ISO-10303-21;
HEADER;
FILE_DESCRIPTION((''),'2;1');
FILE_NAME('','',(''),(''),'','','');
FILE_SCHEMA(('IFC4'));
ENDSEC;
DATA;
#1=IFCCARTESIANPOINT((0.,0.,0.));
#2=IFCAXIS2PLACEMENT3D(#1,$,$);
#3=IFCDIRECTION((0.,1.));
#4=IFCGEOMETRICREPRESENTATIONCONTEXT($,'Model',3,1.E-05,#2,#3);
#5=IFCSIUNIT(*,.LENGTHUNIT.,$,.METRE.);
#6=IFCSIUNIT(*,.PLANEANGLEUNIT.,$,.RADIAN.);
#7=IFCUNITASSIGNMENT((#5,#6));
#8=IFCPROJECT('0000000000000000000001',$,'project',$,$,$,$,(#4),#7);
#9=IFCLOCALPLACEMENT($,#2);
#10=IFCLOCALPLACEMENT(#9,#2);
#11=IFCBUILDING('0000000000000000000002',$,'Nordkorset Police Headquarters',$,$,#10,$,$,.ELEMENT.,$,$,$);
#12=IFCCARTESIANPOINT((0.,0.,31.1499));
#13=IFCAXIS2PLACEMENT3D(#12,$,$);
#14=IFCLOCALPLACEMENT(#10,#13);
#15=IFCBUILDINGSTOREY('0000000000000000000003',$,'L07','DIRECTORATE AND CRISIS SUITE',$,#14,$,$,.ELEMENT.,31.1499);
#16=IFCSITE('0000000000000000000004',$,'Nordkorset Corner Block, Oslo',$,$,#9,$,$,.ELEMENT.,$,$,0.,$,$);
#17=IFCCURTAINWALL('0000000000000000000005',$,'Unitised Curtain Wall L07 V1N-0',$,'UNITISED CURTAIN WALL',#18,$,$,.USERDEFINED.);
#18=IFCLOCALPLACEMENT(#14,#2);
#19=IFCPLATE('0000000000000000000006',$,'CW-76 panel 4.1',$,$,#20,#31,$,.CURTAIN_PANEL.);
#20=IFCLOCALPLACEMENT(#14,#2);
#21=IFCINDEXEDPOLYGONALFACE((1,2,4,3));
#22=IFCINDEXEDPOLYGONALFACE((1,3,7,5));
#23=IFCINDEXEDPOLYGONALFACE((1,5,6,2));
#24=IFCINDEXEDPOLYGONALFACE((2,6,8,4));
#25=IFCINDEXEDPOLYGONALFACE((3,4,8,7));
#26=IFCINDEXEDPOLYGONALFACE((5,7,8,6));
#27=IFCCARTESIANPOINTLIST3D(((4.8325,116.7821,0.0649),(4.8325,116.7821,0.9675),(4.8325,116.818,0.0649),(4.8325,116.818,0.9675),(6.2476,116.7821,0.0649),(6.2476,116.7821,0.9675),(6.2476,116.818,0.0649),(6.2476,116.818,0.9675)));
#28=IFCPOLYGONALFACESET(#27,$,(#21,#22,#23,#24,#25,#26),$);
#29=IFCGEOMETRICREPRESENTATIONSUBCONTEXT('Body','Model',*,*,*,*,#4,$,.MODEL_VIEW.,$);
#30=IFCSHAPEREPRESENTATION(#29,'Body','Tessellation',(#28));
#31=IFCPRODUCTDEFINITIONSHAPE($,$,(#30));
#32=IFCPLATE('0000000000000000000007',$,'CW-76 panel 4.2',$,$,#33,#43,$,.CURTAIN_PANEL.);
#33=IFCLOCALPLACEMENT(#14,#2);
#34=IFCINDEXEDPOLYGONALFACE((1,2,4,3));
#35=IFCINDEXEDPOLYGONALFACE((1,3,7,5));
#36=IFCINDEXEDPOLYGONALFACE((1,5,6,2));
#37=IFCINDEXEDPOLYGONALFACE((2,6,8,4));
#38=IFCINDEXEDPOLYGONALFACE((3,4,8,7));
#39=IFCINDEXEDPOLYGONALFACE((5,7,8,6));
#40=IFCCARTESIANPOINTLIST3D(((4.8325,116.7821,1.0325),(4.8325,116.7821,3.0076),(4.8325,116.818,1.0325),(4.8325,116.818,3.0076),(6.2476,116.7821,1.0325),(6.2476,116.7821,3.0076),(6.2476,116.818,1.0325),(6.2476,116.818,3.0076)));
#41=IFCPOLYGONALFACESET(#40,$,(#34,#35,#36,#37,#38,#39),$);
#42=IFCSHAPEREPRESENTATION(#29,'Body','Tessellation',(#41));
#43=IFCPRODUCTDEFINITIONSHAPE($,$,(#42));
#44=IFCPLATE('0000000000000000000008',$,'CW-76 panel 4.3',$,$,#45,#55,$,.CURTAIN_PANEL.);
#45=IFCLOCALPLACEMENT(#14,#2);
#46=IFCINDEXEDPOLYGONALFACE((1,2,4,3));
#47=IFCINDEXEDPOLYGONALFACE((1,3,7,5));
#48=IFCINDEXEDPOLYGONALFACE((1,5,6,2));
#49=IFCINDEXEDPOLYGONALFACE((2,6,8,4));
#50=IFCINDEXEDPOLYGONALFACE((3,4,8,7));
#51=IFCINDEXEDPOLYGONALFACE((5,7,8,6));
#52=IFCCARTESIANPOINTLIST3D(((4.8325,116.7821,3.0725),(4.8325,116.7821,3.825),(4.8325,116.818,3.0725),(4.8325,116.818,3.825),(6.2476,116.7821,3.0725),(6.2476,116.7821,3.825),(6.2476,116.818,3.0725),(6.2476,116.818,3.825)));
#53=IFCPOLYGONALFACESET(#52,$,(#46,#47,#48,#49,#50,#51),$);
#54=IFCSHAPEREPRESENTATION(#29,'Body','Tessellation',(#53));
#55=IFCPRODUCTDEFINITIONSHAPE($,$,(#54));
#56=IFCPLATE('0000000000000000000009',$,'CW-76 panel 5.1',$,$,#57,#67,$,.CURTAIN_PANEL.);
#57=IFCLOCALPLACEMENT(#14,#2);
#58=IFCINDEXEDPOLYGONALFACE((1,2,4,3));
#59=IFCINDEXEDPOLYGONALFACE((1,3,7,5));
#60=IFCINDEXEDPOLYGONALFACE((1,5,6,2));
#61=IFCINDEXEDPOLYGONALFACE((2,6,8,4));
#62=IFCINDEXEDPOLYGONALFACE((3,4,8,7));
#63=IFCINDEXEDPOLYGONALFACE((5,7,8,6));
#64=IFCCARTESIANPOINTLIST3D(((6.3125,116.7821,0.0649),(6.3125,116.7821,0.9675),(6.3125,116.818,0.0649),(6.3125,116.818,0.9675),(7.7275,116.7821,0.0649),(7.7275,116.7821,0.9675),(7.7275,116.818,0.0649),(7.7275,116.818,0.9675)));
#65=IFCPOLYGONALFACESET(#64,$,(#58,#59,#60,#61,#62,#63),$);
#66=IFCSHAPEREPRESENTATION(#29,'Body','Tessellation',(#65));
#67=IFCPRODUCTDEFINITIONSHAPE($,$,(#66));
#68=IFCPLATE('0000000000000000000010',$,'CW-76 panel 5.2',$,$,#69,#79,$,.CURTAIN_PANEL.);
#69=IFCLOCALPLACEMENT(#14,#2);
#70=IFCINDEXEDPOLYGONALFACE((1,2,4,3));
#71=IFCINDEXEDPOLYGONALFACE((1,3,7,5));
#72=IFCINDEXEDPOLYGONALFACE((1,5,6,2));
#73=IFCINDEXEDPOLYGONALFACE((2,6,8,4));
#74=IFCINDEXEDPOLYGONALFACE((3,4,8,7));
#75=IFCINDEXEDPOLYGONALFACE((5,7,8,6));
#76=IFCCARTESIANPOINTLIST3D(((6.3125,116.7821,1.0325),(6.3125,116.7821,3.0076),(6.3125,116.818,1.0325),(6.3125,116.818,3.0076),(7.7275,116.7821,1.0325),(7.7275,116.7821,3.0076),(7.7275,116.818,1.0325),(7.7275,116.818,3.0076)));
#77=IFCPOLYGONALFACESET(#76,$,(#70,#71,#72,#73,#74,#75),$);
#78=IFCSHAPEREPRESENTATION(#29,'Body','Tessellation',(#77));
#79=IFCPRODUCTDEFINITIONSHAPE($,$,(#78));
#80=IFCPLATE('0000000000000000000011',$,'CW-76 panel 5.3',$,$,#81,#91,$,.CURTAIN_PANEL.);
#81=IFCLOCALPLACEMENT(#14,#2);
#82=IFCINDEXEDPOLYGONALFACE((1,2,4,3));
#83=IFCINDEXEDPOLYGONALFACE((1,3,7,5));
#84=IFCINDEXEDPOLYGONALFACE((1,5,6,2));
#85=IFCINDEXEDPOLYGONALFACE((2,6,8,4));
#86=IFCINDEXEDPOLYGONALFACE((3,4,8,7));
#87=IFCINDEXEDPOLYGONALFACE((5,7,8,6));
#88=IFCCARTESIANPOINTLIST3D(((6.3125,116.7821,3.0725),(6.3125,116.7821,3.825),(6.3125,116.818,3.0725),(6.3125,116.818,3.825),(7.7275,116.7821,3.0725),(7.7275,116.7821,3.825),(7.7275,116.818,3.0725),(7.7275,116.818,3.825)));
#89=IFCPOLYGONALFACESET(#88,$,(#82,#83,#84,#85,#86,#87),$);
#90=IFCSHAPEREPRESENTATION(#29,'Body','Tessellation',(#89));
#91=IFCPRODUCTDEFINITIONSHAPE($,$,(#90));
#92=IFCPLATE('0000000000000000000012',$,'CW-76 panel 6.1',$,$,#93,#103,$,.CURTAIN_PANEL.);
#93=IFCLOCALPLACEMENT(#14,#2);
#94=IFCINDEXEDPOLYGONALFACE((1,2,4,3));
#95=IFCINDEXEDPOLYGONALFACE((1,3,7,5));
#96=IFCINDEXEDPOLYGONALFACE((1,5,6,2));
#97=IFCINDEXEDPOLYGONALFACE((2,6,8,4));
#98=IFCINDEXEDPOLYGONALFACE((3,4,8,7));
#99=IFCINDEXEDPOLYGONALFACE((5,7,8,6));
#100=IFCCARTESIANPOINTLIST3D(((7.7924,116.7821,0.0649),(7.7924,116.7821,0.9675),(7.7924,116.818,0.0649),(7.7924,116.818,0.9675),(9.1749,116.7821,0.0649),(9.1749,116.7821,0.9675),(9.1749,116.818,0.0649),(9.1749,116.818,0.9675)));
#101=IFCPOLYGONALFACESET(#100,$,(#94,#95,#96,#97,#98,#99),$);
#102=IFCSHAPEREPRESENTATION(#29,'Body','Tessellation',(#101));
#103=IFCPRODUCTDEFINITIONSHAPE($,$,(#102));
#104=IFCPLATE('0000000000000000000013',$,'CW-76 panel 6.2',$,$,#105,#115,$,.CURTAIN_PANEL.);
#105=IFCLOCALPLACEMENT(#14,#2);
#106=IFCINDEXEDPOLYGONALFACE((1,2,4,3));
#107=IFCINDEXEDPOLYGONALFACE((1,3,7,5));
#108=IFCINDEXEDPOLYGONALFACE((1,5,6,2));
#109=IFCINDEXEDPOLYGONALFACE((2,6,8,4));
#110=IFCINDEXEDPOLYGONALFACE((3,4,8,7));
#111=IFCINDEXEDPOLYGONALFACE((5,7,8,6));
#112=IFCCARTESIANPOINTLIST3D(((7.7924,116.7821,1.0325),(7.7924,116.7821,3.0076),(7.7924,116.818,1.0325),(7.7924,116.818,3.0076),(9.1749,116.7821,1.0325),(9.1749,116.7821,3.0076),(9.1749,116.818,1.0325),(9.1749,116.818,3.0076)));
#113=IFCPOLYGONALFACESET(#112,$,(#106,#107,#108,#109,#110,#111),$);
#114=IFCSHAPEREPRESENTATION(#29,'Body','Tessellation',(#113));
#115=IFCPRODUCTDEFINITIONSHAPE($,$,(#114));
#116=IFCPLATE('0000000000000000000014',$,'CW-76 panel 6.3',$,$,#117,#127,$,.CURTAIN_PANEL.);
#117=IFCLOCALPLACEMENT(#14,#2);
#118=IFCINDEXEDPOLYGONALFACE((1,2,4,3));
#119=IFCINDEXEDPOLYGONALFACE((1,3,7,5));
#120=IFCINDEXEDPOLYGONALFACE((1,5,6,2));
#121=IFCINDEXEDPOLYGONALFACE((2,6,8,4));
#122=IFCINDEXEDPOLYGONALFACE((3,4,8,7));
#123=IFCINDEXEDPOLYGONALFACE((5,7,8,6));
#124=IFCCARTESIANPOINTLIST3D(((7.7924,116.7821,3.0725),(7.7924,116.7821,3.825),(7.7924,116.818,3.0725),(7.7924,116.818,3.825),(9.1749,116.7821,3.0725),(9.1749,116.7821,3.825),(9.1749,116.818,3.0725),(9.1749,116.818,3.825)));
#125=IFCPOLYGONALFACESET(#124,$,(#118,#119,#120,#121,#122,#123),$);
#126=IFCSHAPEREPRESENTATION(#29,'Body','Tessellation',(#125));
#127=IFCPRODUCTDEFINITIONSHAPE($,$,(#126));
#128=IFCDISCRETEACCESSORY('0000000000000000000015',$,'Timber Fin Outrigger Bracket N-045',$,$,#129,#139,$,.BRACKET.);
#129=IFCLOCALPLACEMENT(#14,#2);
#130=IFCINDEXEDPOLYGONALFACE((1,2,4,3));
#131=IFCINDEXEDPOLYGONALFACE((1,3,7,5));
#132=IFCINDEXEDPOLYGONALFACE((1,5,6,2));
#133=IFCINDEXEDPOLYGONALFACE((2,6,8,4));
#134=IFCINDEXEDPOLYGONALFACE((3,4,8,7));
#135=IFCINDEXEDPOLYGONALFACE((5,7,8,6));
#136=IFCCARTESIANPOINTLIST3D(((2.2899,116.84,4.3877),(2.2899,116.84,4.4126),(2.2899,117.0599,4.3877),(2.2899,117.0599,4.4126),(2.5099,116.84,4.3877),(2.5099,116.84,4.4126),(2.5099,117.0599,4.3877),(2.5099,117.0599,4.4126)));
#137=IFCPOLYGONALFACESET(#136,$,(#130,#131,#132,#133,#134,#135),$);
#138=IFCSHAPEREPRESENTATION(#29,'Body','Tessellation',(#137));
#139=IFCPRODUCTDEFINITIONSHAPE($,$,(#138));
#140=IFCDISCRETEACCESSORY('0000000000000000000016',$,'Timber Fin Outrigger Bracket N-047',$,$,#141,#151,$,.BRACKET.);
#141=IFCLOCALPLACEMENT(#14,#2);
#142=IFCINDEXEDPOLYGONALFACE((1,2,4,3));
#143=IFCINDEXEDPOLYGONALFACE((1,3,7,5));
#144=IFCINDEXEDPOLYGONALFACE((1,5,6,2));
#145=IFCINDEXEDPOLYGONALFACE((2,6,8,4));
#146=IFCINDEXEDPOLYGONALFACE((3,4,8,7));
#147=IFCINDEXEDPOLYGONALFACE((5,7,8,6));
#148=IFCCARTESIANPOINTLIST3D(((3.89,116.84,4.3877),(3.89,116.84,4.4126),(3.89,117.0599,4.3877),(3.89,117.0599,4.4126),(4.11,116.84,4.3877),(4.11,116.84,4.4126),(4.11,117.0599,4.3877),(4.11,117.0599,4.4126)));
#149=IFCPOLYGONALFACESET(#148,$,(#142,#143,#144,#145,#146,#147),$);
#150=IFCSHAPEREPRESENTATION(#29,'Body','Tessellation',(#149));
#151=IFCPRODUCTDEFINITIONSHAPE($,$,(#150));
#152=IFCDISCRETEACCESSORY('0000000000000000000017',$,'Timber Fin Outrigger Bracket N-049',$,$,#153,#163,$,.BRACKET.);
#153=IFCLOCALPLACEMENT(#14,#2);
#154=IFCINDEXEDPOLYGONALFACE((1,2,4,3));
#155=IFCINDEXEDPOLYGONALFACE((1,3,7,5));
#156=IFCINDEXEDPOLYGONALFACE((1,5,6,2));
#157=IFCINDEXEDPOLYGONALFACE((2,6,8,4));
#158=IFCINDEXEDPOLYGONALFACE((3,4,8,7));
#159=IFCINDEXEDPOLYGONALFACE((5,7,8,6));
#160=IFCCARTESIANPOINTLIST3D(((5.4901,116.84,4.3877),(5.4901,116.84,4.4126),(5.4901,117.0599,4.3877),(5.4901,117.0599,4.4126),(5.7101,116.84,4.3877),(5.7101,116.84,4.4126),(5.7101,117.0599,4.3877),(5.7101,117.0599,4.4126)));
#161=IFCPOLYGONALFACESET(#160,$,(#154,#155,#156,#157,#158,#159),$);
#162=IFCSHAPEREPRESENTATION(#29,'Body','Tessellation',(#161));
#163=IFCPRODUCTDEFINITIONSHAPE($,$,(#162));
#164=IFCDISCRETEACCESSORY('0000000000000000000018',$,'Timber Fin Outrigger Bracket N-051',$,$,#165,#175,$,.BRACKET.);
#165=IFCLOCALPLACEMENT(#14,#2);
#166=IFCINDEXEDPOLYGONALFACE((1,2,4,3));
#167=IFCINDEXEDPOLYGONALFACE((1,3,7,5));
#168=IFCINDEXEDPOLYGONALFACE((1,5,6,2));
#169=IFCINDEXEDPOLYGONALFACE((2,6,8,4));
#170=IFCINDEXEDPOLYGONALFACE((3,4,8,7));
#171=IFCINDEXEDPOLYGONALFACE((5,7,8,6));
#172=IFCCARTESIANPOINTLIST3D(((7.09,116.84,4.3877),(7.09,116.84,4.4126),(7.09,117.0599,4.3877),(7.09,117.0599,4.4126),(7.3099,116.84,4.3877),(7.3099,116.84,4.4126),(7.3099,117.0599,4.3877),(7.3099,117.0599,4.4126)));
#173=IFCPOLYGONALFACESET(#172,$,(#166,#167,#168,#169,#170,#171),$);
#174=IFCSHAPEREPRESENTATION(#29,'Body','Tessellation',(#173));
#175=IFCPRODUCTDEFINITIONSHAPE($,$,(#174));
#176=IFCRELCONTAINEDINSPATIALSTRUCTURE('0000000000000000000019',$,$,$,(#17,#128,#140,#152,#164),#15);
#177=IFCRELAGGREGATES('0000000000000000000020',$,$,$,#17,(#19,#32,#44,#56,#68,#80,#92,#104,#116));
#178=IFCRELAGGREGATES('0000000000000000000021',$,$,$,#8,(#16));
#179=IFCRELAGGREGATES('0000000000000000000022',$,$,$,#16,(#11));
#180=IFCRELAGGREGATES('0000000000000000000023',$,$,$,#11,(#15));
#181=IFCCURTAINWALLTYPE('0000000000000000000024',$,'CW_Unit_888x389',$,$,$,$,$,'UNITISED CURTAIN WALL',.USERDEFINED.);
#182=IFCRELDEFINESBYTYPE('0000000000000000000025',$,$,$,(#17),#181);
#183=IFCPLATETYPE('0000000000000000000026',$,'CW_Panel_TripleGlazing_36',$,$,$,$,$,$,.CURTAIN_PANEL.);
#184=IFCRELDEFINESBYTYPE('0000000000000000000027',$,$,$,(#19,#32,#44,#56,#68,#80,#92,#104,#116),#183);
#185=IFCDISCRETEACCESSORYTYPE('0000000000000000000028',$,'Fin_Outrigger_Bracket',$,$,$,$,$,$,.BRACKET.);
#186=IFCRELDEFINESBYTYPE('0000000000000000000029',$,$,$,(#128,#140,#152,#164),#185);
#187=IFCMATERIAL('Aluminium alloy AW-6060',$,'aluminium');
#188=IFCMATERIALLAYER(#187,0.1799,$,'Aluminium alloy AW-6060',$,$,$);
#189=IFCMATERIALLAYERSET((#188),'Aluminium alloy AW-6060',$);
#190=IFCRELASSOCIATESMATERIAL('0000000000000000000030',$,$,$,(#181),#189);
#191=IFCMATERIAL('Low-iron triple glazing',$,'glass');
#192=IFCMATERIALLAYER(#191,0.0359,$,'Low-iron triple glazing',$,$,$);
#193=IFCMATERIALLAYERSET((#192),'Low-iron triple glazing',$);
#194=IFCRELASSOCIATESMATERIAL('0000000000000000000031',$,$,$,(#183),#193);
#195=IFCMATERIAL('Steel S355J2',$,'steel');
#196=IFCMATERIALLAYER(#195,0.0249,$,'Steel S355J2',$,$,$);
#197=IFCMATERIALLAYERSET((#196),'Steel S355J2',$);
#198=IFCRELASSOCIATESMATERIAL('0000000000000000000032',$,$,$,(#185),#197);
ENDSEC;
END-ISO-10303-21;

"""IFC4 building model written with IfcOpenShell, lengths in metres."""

from ifc_helpers import new_model, si_unit, direction, frame, origin, origin_2d, place, context, subcontext, project, spatial, rectangle, extrude, material, layer, layer_set, type_object, element, aggregate, save


model = new_model("IFC4")

# Units and contexts
model_context = context("Model", 3, precision=1e-05, world=origin(), true_north=direction((0.0, 1.0)))
body_context = subcontext(model_context, "Body", "Model", "MODEL_VIEW")
ifc_project = project(units=[si_unit("LENGTHUNIT", "METRE"), si_unit("PLANEANGLEUNIT", "RADIAN")], contexts=[model_context])

# Site, building, storey
site_placement = place(None, origin())
site = spatial("IfcSite", under=ifc_project, at=site_placement, Name="Nordkorset Corner Block, Oslo", CompositionType="ELEMENT", RefElevation=0.0)
building_placement = place(site_placement, origin())
building = spatial("IfcBuilding", under=site, at=building_placement, Name="Nordkorset Police Headquarters", CompositionType="ELEMENT")
storey_placement = place(building_placement, frame((0.0, 0.0, 31.1499)))
storey = spatial("IfcBuildingStorey", under=building, at=storey_placement, Name="L07", Description="DIRECTORATE AND CRISIS SUITE", CompositionType="ELEMENT", Elevation=31.1499)

# Curtain wall, plates
ifc_material_1 = material(Name="Aluminium alloy AW-6060", Category="aluminium")
ifc_layer_1 = layer(ifc_material_1, 0.1799, Name="Aluminium alloy AW-6060")
ifc_layer_set_1 = layer_set([ifc_layer_1], Name="Aluminium alloy AW-6060")
curtain_wall_type = type_object("IfcCurtainWallType", Name="CW_Unit_888x389", ElementType="UNITISED CURTAIN WALL", PredefinedType="USERDEFINED", material=ifc_layer_set_1)
curtain_wall_placement = place(storey_placement, origin())
curtain_wall = element("IfcCurtainWall", 1, at=curtain_wall_placement, inside=storey, type_object=curtain_wall_type, Name="Unitised Curtain Wall L07 V1N-0", ObjectType="UNITISED CURTAIN WALL", PredefinedType="USERDEFINED")
ifc_material_2 = material(Name="Low-iron triple glazing", Category="glass")
ifc_layer_2 = layer(ifc_material_2, 0.0359, Name="Low-iron triple glazing")
ifc_layer_set_2 = layer_set([ifc_layer_2], Name="Low-iron triple glazing")
plate_type = type_object("IfcPlateType", Name="CW_Panel_TripleGlazing_36", PredefinedType="CURTAIN_PANEL", material=ifc_layer_set_2)
plate_1_placement = place(storey_placement, frame((5.54, 116.8, 0.0649), z_axis=(0.0, 0.0, 1.0), x_axis=(1.0, 0.0, 0.0)))
plate_1 = element("IfcPlate", 2, at=plate_1_placement, type_object=plate_type, Name="CW-76 panel 4.1", PredefinedType="CURTAIN_PANEL", context=body_context, shape_type="SweptSolid", body=[
    extrude(rectangle(XDim=1.415, YDim=0.0359, at=origin_2d()), origin(), (0.0, 0.0, 1.0), 0.9026),
])
plate_2_placement = place(storey_placement, frame((5.54, 116.8, 1.0325), z_axis=(0.0, 0.0, 1.0), x_axis=(1.0, 0.0, 0.0)))
plate_2 = element("IfcPlate", 3, at=plate_2_placement, type_object=plate_type, Name="CW-76 panel 4.2", PredefinedType="CURTAIN_PANEL", context=body_context, shape_type="SweptSolid", body=[
    extrude(rectangle(XDim=1.415, YDim=0.0359, at=origin_2d()), origin(), (0.0, 0.0, 1.0), 1.9751),
])
plate_3_placement = place(storey_placement, frame((5.54, 116.8, 3.0725), z_axis=(0.0, 0.0, 1.0), x_axis=(1.0, 0.0, 0.0)))
plate_3 = element("IfcPlate", 4, at=plate_3_placement, type_object=plate_type, Name="CW-76 panel 4.3", PredefinedType="CURTAIN_PANEL", context=body_context, shape_type="SweptSolid", body=[
    extrude(rectangle(XDim=1.415, YDim=0.0359, at=origin_2d()), origin(), (0.0, 0.0, 1.0), 0.7524),
])
plate_4_placement = place(storey_placement, frame((7.02, 116.8, 0.0649), z_axis=(0.0, 0.0, 1.0), x_axis=(1.0, 0.0, 0.0)))
plate_4 = element("IfcPlate", 5, at=plate_4_placement, type_object=plate_type, Name="CW-76 panel 5.1", PredefinedType="CURTAIN_PANEL", context=body_context, shape_type="SweptSolid", body=[
    extrude(rectangle(XDim=1.415, YDim=0.0359, at=origin_2d()), origin(), (0.0, 0.0, 1.0), 0.9026),
])
plate_5_placement = place(storey_placement, frame((7.02, 116.8, 1.0325), z_axis=(0.0, 0.0, 1.0), x_axis=(1.0, 0.0, 0.0)))
plate_5 = element("IfcPlate", 6, at=plate_5_placement, type_object=plate_type, Name="CW-76 panel 5.2", PredefinedType="CURTAIN_PANEL", context=body_context, shape_type="SweptSolid", body=[
    extrude(rectangle(XDim=1.415, YDim=0.0359, at=origin_2d()), origin(), (0.0, 0.0, 1.0), 1.9751),
])
plate_6_placement = place(storey_placement, frame((7.02, 116.8, 3.0725), z_axis=(0.0, 0.0, 1.0), x_axis=(1.0, 0.0, 0.0)))
plate_6 = element("IfcPlate", 7, at=plate_6_placement, type_object=plate_type, Name="CW-76 panel 5.3", PredefinedType="CURTAIN_PANEL", context=body_context, shape_type="SweptSolid", body=[
    extrude(rectangle(XDim=1.415, YDim=0.0359, at=origin_2d()), origin(), (0.0, 0.0, 1.0), 0.7524),
])
plate_7_placement = place(storey_placement, frame((8.4836, 116.8, 0.0649), z_axis=(0.0, 0.0, 1.0), x_axis=(1.0, 0.0, 0.0)))
plate_7 = element("IfcPlate", 8, at=plate_7_placement, type_object=plate_type, Name="CW-76 panel 6.1", PredefinedType="CURTAIN_PANEL", context=body_context, shape_type="SweptSolid", body=[
    extrude(rectangle(XDim=1.3826, YDim=0.0359, at=origin_2d()), origin(), (0.0, 0.0, 1.0), 0.9026),
])
plate_8_placement = place(storey_placement, frame((8.4836, 116.8, 1.0325), z_axis=(0.0, 0.0, 1.0), x_axis=(1.0, 0.0, 0.0)))
plate_8 = element("IfcPlate", 9, at=plate_8_placement, type_object=plate_type, Name="CW-76 panel 6.2", PredefinedType="CURTAIN_PANEL", context=body_context, shape_type="SweptSolid", body=[
    extrude(rectangle(XDim=1.3826, YDim=0.0359, at=origin_2d()), origin(), (0.0, 0.0, 1.0), 1.9751),
])
plate_9_placement = place(storey_placement, frame((8.4836, 116.8, 3.0725), z_axis=(0.0, 0.0, 1.0), x_axis=(1.0, 0.0, 0.0)))
plate_9 = element("IfcPlate", 10, at=plate_9_placement, type_object=plate_type, Name="CW-76 panel 6.3", PredefinedType="CURTAIN_PANEL", context=body_context, shape_type="SweptSolid", body=[
    extrude(rectangle(XDim=1.3826, YDim=0.0359, at=origin_2d()), origin(), (0.0, 0.0, 1.0), 0.7524),
])
aggregate(curtain_wall, [plate_1, plate_2, plate_3, plate_4, plate_5, plate_6, plate_7, plate_8, plate_9])

# Discrete accessories
ifc_material_3 = material(Name="Steel S355J2", Category="steel")
ifc_layer_3 = layer(ifc_material_3, 0.0249, Name="Steel S355J2")
ifc_layer_set_3 = layer_set([ifc_layer_3], Name="Steel S355J2")
discrete_accessory_type = type_object("IfcDiscreteAccessoryType", Name="Fin_Outrigger_Bracket", PredefinedType="BRACKET", material=ifc_layer_set_3)
for number, where, z_axis, x_axis, name in (
    (11, (2.3999, 116.95, 4.3877), (0.0, 0.0, 1.0), (1.0, 0.0, 0.0), "Timber Fin Outrigger Bracket N-045"),
    (12, (4.0, 116.95, 4.3877), (0.0, 0.0, 1.0), (1.0, 0.0, 0.0), "Timber Fin Outrigger Bracket N-047"),
    (13, (5.6001, 116.95, 4.3877), (0.0, 0.0, 1.0), (1.0, 0.0, 0.0), "Timber Fin Outrigger Bracket N-049"),
    (14, (7.2, 116.95, 4.3877), (0.0, 0.0, 1.0), (1.0, 0.0, 0.0), "Timber Fin Outrigger Bracket N-051"),
):
    element("IfcDiscreteAccessory", number, at=place(storey_placement, frame(where, z_axis=z_axis, x_axis=x_axis)), inside=storey, type_object=discrete_accessory_type, Name=name, PredefinedType="BRACKET", context=body_context, shape_type="SweptSolid", body=[
        extrude(rectangle(XDim=0.22, YDim=0.22, at=origin_2d()), origin(), (0.0, 0.0, 1.0), 0.0249),
    ])

save(model, "model.ifc")
